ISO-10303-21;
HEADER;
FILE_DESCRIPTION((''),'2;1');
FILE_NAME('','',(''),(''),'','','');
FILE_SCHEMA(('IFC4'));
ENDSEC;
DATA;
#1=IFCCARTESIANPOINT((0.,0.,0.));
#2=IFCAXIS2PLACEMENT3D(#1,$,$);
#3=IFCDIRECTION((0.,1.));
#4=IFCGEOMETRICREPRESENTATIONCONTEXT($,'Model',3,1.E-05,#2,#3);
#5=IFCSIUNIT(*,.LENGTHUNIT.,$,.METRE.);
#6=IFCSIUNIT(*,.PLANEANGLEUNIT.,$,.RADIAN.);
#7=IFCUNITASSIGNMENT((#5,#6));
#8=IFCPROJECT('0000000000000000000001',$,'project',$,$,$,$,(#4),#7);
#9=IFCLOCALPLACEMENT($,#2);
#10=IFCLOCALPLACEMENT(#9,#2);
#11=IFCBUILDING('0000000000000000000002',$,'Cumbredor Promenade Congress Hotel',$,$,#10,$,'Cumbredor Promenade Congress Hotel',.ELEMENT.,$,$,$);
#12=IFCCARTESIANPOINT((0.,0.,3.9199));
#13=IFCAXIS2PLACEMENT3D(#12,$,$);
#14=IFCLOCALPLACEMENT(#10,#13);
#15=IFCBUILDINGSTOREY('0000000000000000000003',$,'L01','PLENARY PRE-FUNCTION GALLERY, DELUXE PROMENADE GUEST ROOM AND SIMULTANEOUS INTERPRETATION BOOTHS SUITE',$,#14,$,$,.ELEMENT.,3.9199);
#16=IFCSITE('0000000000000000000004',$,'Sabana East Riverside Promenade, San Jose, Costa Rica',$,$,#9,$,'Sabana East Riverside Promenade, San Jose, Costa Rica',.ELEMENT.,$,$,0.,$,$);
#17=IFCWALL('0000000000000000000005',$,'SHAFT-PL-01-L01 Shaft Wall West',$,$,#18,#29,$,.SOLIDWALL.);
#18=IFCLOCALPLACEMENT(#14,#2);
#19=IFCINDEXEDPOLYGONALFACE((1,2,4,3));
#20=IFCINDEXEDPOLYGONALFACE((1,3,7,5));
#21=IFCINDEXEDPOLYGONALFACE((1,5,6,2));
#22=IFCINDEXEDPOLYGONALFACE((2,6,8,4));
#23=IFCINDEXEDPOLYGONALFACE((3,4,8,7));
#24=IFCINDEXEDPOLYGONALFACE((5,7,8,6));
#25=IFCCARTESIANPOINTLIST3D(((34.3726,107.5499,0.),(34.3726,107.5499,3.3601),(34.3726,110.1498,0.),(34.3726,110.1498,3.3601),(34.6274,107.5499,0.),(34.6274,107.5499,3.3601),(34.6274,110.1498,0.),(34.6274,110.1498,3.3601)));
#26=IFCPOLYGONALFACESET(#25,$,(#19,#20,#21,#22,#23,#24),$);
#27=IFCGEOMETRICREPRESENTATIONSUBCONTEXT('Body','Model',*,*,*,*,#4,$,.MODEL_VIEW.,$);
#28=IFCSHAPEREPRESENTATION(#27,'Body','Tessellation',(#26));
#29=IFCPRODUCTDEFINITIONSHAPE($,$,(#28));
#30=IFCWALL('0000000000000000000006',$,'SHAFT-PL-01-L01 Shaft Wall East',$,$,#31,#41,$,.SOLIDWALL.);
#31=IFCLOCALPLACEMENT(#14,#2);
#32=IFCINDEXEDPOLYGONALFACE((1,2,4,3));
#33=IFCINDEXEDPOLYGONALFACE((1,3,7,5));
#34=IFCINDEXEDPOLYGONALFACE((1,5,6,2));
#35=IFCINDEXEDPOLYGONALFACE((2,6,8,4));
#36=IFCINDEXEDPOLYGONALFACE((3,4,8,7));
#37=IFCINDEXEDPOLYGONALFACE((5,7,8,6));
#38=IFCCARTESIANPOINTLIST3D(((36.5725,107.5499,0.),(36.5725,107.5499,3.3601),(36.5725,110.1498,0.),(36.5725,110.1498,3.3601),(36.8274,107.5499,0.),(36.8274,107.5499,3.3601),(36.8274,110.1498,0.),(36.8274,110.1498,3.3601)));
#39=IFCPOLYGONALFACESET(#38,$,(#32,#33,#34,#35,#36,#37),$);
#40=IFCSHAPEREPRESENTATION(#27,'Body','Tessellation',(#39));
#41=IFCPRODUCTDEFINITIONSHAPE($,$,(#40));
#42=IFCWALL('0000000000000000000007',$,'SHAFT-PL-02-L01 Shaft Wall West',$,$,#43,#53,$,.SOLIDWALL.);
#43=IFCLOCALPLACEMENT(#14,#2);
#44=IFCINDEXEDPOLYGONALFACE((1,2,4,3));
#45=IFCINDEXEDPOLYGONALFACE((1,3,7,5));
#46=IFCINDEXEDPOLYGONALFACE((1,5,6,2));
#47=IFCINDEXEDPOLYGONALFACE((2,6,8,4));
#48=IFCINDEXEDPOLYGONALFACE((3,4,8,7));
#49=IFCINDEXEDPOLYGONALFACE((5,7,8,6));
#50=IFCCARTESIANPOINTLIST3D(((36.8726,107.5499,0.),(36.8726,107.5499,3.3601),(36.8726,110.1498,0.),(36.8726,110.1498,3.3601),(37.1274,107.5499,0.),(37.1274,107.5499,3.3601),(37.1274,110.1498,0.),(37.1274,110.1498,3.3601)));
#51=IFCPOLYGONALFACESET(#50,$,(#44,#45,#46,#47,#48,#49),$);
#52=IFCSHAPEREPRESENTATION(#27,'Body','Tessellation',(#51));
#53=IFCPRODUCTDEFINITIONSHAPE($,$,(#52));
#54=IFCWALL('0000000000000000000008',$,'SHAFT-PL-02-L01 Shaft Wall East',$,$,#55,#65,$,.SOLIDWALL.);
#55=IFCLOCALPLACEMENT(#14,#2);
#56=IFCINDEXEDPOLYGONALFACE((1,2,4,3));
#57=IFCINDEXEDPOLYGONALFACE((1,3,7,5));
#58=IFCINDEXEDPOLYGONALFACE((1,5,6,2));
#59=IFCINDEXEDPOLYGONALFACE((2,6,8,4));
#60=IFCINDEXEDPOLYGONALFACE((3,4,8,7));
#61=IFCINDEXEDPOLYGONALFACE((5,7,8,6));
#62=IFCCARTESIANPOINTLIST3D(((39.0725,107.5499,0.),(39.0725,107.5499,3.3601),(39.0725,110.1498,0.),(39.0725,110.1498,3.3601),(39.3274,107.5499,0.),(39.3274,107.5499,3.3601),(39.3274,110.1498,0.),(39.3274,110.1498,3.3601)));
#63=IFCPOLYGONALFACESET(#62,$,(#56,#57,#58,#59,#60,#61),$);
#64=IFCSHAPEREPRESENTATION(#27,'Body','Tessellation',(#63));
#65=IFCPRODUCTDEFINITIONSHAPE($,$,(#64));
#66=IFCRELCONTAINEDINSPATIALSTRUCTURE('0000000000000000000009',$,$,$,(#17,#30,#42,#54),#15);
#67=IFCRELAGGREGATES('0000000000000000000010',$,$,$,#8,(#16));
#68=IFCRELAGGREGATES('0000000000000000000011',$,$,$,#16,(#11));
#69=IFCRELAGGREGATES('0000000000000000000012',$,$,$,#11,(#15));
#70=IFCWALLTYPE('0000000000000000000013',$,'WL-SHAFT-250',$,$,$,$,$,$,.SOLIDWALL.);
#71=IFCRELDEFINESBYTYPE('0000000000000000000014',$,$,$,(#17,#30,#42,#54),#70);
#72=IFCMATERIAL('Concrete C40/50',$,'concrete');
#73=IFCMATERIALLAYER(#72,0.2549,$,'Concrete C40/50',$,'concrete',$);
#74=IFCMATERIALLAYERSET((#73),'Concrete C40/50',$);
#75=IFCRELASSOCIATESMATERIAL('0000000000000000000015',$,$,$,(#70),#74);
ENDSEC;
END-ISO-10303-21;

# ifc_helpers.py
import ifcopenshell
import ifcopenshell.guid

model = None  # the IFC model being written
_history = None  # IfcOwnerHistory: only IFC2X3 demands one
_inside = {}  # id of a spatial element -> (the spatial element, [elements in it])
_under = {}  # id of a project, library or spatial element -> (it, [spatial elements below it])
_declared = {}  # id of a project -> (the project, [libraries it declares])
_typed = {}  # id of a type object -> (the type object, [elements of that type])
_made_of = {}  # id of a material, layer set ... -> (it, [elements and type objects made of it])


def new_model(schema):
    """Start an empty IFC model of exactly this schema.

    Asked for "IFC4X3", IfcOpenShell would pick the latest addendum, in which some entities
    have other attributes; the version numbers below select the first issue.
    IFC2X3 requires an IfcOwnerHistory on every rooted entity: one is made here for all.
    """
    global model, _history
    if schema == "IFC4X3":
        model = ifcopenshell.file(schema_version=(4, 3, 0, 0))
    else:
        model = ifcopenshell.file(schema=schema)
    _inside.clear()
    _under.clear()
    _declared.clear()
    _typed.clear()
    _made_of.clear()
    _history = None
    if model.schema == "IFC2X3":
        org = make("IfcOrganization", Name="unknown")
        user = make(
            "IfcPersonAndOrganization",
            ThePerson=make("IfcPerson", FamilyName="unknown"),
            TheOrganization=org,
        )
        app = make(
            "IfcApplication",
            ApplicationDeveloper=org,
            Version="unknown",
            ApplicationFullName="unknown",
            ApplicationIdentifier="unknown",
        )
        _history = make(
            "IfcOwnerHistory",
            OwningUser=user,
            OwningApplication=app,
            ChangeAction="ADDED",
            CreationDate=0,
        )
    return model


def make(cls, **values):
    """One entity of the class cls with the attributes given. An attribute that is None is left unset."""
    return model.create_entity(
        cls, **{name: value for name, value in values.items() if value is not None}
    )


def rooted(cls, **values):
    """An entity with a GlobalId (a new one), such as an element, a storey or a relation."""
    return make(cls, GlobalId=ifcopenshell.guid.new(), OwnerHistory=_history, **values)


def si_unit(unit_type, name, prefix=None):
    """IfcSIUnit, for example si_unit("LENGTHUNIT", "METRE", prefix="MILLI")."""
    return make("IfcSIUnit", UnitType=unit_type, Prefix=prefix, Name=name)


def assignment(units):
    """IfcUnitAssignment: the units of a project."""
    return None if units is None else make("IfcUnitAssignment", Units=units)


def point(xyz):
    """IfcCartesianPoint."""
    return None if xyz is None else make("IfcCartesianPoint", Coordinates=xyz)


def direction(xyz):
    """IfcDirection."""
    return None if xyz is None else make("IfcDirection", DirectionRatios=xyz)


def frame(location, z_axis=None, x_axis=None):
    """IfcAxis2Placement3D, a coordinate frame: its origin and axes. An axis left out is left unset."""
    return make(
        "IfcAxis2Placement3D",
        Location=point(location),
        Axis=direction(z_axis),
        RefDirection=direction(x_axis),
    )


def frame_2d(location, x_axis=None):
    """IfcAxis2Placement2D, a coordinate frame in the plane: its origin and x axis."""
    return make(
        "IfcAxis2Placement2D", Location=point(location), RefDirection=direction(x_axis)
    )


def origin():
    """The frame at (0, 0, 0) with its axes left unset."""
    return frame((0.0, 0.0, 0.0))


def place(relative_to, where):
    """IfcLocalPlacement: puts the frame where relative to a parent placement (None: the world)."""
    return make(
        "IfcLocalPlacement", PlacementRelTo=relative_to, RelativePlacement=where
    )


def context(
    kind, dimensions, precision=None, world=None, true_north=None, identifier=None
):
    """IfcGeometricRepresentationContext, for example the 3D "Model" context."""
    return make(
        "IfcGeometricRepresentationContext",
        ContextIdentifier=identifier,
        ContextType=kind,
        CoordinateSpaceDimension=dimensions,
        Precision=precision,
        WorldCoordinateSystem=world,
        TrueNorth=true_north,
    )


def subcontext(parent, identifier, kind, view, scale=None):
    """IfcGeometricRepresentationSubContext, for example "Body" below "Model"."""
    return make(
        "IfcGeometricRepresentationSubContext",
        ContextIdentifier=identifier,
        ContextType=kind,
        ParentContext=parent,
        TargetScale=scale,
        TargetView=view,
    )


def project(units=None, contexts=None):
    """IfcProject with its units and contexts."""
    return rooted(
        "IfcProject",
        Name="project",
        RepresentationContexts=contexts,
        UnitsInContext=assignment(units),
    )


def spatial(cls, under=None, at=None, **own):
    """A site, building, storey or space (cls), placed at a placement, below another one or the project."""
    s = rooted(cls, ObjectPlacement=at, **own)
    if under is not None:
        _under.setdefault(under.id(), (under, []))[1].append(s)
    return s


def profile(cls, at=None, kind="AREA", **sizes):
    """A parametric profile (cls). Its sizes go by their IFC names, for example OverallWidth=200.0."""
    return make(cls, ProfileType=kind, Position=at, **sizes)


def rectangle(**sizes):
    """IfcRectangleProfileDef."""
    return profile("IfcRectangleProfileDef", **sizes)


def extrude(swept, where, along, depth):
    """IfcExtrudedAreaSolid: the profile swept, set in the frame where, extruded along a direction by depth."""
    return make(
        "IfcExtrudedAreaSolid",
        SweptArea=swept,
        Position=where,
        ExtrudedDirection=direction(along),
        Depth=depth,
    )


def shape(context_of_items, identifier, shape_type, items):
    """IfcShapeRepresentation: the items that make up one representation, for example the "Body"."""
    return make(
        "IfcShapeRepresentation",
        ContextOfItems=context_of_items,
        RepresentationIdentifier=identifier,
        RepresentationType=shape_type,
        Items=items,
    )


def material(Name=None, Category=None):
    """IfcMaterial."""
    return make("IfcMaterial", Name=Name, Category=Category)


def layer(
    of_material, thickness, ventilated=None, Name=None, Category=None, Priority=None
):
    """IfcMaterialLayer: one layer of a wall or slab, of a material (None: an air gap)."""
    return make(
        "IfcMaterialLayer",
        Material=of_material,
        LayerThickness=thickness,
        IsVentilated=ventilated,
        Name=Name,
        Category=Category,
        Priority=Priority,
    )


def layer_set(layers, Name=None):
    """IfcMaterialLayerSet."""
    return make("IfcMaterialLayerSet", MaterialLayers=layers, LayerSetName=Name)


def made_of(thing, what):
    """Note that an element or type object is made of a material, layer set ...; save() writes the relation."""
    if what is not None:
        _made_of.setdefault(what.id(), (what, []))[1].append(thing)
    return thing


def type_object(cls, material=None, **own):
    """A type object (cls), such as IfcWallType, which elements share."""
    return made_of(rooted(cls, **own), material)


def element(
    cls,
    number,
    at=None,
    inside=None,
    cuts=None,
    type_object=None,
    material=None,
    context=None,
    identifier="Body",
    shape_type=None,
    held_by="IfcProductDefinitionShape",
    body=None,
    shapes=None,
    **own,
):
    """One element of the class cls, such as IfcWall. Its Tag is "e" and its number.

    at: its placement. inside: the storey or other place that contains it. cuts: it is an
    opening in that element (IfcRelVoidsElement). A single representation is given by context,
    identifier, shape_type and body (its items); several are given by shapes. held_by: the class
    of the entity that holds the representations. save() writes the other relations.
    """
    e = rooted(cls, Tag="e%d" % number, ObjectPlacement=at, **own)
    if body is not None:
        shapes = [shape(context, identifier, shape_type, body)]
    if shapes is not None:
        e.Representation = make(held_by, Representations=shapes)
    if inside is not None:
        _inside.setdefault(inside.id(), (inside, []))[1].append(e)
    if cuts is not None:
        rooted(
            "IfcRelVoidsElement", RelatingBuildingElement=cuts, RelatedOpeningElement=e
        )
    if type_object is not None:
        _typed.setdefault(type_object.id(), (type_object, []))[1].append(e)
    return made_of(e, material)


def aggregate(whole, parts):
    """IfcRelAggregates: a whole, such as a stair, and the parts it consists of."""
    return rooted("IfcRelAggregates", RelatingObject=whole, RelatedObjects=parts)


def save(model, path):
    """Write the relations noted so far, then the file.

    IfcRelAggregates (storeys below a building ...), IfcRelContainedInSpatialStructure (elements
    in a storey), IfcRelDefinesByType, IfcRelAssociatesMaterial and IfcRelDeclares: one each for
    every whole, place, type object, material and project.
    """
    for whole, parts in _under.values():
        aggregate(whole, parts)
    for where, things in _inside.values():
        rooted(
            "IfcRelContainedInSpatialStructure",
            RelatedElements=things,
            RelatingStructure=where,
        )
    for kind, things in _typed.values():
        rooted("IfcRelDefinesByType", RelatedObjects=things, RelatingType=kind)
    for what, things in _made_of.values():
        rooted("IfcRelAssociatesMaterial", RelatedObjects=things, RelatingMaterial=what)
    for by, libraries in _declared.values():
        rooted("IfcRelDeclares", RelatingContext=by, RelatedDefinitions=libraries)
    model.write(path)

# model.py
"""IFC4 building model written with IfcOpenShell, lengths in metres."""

from ifc_helpers import new_model, si_unit, direction, frame, frame_2d, origin, place, context, subcontext, project, spatial, rectangle, extrude, material, layer, layer_set, type_object, element, save


model = new_model("IFC4")

# Units and contexts
model_context = context("Model", 3, precision=1e-05, world=origin(), true_north=direction((0.0, 1.0)))
body_context = subcontext(model_context, "Body", "Model", "MODEL_VIEW")
ifc_project = project(units=[si_unit("LENGTHUNIT", "METRE"), si_unit("PLANEANGLEUNIT", "RADIAN")], contexts=[model_context])

# Site, building, storey
site_placement = place(None, origin())
site = spatial("IfcSite", under=ifc_project, at=site_placement, Name="Sabana East Riverside Promenade, San Jose, Costa Rica", LongName="Sabana East Riverside Promenade, San Jose, Costa Rica", CompositionType="ELEMENT", RefElevation=0.0)
building_placement = place(site_placement, origin())
building = spatial("IfcBuilding", under=site, at=building_placement, Name="Cumbredor Promenade Congress Hotel", LongName="Cumbredor Promenade Congress Hotel", CompositionType="ELEMENT")
storey_placement = place(building_placement, frame((0.0, 0.0, 3.9199)))
storey = spatial("IfcBuildingStorey", under=building, at=storey_placement, Name="L01", Description="PLENARY PRE-FUNCTION GALLERY, DELUXE PROMENADE GUEST ROOM AND SIMULTANEOUS INTERPRETATION BOOTHS SUITE", CompositionType="ELEMENT", Elevation=3.9199)

# Shared definitions
ifc_material_1 = material(Name="Concrete C40/50", Category="concrete")
ifc_layer = layer(ifc_material_1, 0.2549, Name="Concrete C40/50", Category="concrete")
ifc_layer_set = layer_set([ifc_layer], Name="Concrete C40/50")
wall_type = type_object("IfcWallType", Name="WL-SHAFT-250", PredefinedType="SOLIDWALL", material=ifc_layer_set)

# Walls
for number, where, z_axis, x_axis, name in (
    (1, (34.5, 107.55, 0.0), (0.0, 0.0, 1.0), (0.0, 1.0, 0.0), "SHAFT-PL-01-L01 Shaft Wall West"),
    (2, (36.7, 107.55, 0.0), (0.0, 0.0, 1.0), (0.0, 1.0, 0.0), "SHAFT-PL-01-L01 Shaft Wall East"),
):
    element("IfcWall", number, at=place(storey_placement, frame(where, z_axis=z_axis, x_axis=x_axis)), inside=storey, type_object=wall_type, Name=name, PredefinedType="SOLIDWALL", context=body_context, shape_type="SweptSolid", body=[
        extrude(rectangle(XDim=2.5999, YDim=0.2549, at=frame_2d((1.2998, 0.0))), origin(), (0.0, 0.0, 1.0), 3.3601),
    ])

# Walls
for number, where, z_axis, x_axis, name in (
    (3, (37.0, 107.55, 0.0), (0.0, 0.0, 1.0), (0.0, 1.0, 0.0), "SHAFT-PL-02-L01 Shaft Wall West"),
    (4, (39.2, 107.55, 0.0), (0.0, 0.0, 1.0), (0.0, 1.0, 0.0), "SHAFT-PL-02-L01 Shaft Wall East"),
):
    element("IfcWall", number, at=place(storey_placement, frame(where, z_axis=z_axis, x_axis=x_axis)), inside=storey, type_object=wall_type, Name=name, PredefinedType="SOLIDWALL", context=body_context, shape_type="SweptSolid", body=[
        extrude(rectangle(XDim=2.5999, YDim=0.2549, at=frame_2d((1.2998, 0.0))), origin(), (0.0, 0.0, 1.0), 3.3601),
    ])

save(model, "model.ifc")
